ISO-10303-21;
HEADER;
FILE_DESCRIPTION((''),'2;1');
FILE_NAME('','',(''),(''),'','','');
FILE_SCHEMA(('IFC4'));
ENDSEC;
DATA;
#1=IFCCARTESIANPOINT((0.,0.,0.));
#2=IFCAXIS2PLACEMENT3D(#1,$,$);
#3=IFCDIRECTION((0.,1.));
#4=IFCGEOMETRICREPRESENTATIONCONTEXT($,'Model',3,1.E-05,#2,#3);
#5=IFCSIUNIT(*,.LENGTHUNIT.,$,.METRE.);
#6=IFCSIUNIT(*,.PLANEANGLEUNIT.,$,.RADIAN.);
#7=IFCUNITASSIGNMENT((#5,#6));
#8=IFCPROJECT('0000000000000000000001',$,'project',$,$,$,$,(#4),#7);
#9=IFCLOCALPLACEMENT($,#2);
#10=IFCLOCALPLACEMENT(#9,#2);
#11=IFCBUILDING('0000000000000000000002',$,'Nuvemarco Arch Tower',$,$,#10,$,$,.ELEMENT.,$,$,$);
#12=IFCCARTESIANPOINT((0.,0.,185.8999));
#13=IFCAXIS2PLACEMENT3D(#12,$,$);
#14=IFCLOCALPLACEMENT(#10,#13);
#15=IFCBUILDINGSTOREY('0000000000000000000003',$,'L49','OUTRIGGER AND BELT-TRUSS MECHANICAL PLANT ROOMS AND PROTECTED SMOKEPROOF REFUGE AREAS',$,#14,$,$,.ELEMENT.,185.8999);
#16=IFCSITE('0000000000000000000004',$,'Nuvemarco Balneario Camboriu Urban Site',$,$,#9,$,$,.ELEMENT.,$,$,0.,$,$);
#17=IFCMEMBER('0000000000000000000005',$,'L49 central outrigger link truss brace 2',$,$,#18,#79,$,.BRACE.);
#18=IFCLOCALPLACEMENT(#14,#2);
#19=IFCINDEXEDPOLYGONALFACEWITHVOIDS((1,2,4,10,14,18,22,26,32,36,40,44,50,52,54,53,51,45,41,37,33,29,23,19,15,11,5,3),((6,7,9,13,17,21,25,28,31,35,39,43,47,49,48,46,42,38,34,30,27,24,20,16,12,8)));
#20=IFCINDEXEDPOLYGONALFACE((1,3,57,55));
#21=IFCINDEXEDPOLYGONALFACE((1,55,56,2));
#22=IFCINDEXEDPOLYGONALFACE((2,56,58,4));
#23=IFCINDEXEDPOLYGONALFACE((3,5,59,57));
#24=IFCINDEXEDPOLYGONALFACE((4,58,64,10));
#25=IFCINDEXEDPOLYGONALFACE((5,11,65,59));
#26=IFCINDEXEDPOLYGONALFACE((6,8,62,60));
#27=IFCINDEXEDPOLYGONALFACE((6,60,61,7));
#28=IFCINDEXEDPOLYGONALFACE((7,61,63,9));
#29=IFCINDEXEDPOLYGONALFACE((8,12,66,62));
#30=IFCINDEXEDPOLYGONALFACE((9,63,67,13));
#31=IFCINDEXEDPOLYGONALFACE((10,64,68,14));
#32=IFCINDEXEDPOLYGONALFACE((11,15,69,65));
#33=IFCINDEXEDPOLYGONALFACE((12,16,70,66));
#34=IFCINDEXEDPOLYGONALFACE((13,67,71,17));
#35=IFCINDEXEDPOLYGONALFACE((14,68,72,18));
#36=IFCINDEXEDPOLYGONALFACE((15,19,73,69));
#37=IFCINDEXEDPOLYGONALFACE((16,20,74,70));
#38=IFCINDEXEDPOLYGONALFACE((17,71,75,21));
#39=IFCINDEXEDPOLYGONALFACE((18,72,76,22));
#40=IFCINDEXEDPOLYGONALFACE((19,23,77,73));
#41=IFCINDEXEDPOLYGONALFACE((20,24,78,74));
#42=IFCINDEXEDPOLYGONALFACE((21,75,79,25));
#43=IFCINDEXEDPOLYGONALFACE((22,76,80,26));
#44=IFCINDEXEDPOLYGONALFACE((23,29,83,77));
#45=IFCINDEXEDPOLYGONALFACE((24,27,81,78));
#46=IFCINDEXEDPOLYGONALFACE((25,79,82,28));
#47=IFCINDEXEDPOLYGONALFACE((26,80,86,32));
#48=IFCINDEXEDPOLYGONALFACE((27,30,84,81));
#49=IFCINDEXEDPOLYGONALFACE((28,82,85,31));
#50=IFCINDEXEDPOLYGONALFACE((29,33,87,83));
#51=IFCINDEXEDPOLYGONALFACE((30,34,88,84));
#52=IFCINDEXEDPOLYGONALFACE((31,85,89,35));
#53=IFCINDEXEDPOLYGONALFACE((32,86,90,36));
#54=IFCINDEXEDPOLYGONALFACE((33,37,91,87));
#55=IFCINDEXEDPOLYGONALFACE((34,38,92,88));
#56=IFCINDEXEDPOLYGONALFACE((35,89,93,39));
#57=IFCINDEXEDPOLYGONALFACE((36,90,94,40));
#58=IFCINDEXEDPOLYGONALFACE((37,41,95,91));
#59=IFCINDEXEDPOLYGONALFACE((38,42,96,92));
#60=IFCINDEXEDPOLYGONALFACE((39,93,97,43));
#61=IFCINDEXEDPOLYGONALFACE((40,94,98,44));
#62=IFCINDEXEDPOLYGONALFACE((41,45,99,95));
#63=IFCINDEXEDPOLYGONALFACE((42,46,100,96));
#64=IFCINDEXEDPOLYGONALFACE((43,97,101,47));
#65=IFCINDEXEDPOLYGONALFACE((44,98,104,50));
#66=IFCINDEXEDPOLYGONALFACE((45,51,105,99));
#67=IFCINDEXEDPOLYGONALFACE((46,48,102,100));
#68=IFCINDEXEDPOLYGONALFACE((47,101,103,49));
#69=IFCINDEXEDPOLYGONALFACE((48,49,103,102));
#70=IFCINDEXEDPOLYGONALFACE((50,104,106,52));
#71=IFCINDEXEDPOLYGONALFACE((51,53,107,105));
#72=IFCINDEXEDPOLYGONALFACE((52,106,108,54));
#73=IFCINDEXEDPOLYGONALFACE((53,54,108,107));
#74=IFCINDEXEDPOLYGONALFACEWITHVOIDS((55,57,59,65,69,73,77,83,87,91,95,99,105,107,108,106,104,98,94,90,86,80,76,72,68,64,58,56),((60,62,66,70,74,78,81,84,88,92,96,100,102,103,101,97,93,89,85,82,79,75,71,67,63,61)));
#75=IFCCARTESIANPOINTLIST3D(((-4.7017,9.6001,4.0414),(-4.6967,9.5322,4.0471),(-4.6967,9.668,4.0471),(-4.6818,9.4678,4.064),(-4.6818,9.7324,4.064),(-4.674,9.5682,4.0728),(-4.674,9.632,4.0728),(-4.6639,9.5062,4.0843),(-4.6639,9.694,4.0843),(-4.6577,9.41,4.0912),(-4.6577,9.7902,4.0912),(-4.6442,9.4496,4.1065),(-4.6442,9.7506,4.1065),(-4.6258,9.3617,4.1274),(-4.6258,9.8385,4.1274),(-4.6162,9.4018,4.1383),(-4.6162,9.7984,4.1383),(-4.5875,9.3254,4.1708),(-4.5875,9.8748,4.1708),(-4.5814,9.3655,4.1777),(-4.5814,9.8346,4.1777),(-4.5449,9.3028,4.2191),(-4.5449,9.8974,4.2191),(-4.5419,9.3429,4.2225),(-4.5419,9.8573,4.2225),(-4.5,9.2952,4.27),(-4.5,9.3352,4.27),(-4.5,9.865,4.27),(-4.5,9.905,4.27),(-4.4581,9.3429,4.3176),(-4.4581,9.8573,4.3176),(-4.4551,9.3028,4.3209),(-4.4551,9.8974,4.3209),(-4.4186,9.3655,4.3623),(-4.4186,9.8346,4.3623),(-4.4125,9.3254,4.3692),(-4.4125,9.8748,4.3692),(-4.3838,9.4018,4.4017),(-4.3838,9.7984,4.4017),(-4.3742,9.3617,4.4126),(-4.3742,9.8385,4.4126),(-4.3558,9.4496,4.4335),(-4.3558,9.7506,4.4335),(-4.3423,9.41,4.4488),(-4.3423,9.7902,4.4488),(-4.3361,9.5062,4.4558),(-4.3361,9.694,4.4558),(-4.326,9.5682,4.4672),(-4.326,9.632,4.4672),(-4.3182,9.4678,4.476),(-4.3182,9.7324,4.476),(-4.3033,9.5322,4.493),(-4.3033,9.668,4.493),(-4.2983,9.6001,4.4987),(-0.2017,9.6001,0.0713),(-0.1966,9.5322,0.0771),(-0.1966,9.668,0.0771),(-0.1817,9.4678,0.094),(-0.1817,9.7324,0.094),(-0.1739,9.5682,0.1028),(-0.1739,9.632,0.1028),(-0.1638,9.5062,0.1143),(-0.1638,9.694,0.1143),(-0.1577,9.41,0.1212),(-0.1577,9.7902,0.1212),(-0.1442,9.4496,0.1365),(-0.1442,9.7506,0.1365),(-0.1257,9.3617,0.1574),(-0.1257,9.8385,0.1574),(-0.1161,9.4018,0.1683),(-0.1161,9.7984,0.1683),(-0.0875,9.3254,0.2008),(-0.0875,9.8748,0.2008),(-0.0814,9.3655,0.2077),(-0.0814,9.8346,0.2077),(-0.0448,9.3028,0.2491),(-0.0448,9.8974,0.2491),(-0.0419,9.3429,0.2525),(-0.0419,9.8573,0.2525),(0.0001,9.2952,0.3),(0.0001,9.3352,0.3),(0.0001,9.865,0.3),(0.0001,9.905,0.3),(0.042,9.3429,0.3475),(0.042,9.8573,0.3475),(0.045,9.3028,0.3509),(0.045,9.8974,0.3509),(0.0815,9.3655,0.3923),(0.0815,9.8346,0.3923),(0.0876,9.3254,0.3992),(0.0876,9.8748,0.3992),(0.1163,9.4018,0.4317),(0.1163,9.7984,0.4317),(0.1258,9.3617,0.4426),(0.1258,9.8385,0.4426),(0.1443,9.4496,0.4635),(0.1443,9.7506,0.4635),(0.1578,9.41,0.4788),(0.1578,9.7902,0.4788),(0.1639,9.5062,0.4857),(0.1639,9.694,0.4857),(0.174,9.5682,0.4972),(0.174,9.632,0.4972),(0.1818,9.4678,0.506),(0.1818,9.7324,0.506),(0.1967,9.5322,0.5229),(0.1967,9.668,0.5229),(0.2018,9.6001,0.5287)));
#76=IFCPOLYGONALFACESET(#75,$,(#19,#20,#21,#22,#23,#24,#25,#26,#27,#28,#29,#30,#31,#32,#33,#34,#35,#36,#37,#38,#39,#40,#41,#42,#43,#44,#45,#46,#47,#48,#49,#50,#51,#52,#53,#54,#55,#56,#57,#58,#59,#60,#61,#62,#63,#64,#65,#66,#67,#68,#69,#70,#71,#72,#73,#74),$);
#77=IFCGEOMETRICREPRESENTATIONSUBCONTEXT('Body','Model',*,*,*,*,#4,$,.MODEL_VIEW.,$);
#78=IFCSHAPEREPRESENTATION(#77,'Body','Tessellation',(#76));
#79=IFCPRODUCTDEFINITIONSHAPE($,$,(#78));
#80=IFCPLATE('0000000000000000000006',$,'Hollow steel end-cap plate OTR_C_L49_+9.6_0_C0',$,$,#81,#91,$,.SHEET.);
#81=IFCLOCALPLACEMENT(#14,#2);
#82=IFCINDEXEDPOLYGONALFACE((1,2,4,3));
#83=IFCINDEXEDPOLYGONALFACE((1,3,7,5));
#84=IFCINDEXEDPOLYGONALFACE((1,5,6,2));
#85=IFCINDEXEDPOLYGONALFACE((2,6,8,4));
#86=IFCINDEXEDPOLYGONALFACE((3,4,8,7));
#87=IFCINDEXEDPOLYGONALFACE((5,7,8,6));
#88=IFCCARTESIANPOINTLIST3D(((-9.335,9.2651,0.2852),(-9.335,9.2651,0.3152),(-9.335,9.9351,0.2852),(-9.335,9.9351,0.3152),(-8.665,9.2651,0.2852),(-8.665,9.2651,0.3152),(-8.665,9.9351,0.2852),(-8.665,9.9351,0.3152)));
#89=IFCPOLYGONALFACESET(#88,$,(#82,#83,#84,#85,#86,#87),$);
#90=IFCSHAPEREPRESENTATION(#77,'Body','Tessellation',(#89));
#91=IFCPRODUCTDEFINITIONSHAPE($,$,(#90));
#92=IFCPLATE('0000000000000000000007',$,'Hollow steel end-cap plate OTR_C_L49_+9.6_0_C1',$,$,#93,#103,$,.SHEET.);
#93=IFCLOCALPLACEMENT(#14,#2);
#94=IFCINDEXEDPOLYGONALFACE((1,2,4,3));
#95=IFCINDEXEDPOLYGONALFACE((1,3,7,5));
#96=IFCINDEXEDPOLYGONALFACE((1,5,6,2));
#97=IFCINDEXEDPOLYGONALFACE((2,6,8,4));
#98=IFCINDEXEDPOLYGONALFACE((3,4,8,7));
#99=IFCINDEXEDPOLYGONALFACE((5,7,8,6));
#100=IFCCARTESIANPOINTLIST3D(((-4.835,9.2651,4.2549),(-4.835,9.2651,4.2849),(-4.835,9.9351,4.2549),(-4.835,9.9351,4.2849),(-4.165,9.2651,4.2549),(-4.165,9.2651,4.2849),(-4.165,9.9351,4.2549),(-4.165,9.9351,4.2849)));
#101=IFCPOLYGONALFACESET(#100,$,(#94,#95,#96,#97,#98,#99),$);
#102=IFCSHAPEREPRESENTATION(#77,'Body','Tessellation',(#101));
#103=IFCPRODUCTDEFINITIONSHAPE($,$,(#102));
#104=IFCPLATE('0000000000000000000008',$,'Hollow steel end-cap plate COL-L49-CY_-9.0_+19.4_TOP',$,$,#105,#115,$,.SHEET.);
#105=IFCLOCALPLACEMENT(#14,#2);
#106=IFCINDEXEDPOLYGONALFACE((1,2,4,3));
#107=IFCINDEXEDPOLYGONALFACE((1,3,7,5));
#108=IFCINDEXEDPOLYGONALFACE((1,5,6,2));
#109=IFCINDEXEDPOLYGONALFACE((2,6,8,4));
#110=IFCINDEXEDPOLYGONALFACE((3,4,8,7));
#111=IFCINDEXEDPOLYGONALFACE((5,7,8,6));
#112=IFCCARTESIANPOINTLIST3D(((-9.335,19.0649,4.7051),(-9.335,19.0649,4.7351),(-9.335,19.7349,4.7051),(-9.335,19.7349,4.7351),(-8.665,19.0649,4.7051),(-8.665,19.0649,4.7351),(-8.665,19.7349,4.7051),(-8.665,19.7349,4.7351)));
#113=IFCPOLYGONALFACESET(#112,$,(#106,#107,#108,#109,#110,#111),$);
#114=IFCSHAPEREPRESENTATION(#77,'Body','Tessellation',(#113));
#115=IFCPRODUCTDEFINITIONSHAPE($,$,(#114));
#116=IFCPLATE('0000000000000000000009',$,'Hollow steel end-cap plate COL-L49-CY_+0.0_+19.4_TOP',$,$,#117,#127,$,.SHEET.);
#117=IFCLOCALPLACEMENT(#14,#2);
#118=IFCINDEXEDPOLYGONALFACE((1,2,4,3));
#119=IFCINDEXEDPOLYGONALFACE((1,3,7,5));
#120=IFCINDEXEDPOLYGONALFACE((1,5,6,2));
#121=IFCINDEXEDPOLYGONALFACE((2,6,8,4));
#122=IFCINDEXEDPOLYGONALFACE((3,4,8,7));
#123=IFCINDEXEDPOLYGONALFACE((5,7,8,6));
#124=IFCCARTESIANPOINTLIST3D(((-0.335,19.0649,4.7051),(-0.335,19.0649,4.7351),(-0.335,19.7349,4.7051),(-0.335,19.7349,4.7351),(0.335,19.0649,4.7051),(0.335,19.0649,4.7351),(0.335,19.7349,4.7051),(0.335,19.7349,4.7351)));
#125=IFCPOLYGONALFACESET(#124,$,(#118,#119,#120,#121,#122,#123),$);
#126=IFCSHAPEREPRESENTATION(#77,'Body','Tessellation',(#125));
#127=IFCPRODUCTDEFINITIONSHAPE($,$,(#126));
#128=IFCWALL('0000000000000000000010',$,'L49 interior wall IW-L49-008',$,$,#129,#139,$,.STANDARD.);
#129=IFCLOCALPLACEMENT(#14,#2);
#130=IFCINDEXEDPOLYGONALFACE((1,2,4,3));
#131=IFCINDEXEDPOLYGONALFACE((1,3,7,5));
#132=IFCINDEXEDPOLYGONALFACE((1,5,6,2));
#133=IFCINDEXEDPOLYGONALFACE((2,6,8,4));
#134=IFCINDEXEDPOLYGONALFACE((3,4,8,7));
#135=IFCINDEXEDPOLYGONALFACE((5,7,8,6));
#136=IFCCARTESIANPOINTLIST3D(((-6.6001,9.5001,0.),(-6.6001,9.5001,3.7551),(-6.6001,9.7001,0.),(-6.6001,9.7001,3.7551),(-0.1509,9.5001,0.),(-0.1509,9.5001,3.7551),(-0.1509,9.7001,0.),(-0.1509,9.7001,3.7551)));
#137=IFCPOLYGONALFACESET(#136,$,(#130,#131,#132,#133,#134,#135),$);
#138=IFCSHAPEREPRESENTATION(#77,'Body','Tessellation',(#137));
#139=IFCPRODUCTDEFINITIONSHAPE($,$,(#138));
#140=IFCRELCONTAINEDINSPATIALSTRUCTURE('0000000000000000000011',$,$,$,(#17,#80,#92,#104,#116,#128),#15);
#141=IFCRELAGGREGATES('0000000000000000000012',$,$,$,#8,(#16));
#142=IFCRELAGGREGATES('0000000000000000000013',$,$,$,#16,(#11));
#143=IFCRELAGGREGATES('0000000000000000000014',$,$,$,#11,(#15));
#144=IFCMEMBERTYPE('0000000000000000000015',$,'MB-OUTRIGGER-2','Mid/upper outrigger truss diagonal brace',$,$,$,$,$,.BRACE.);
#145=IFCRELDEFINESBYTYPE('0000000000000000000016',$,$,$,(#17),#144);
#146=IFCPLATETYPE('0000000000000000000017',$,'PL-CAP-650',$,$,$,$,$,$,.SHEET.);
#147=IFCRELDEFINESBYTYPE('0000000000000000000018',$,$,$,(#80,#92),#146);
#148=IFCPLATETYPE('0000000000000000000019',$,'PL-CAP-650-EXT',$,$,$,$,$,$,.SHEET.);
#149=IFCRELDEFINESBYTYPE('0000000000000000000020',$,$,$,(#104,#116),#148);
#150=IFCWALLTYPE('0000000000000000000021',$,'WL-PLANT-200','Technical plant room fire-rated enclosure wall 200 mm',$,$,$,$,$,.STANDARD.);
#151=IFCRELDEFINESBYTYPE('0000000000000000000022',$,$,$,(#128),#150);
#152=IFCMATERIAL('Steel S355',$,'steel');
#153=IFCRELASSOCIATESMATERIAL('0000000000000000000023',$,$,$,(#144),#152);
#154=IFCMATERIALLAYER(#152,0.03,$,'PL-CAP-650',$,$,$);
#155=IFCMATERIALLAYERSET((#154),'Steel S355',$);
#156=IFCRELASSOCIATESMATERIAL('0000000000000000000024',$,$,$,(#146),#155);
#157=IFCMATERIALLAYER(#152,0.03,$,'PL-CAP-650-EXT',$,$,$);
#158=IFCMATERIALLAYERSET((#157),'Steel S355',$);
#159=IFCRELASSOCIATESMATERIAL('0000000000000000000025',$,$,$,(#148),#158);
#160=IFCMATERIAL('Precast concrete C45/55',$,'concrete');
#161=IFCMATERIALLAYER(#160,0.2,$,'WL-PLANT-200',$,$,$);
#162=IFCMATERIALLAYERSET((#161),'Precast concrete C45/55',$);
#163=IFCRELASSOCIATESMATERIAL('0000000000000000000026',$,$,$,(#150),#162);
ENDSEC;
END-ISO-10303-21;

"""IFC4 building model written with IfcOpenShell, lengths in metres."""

from ifc_helpers import new_model, si_unit, direction, frame, frame_2d, origin, origin_2d, place, context, subcontext, project, spatial, rectangle, hollow_circle, extrude, source, transform, mapped, material, layer, layer_set, material_profile, profile_set, type_object, type_shapes, element, save


model = new_model("IFC4")

# Units and contexts
model_context = context("Model", 3, precision=1e-05, world=origin(), true_north=direction((0.0, 1.0)))
body_context = subcontext(model_context, "Body", "Model", "MODEL_VIEW")
ifc_project = project(units=[si_unit("LENGTHUNIT", "METRE"), si_unit("PLANEANGLEUNIT", "RADIAN")], contexts=[model_context])

# Site, building, storey
site_placement = place(None, origin())
site = spatial("IfcSite", under=ifc_project, at=site_placement, Name="Nuvemarco Balneario Camboriu Urban Site", CompositionType="ELEMENT", RefElevation=0.0)
building_placement = place(site_placement, origin())
building = spatial("IfcBuilding", under=site, at=building_placement, Name="Nuvemarco Arch Tower", CompositionType="ELEMENT")
storey_placement = place(building_placement, frame((0.0, 0.0, 185.8999)))
storey = spatial("IfcBuildingStorey", under=building, at=storey_placement, Name="L49", Description="OUTRIGGER AND BELT-TRUSS MECHANICAL PLANT ROOMS AND PROTECTED SMOKEPROOF REFUGE AREAS", CompositionType="ELEMENT", Elevation=185.8999)

# Shared definitions
ifc_material_1 = material(Name="Steel S355", Category="steel")

# Shared definitions
ifc_material_2 = material(Name="Precast concrete C45/55", Category="concrete")

# Member
ifc_material_profile_1 = material_profile(ifc_material_1, hollow_circle(Radius=0.3049, WallThickness=0.04, at=origin_2d()), Name="CHS610x40")
ifc_profile_set_1 = profile_set([ifc_material_profile_1], Name="Steel S355")
member_type = type_object("IfcMemberType", Name="MB-OUTRIGGER-2", Description="Mid/upper outrigger truss diagonal brace", PredefinedType="BRACE", material=ifc_profile_set_1)
for number, where, z_axis, x_axis, name in (
    (1, (-4.5, 9.6001, 4.27), (0.749889, 0.0, -0.661564), (0.0, 1.0, 0.0), "L49 central outrigger link truss brace 2"),
):
    element("IfcMember", number, at=place(storey_placement, frame(where, z_axis=z_axis, x_axis=x_axis)), inside=storey, type_object=member_type, Name=name, PredefinedType="BRACE", context=body_context, shape_type="SweptSolid", body=[
        extrude(hollow_circle(Radius=0.3049, WallThickness=0.04, at=origin_2d()), origin(), (0.0, 0.0, 1.0), 6.001),
    ])

# Plates
ifc_layer_1 = layer(ifc_material_1, 0.03, Name="PL-CAP-650")
ifc_layer_set_1 = layer_set([ifc_layer_1], Name="Steel S355")
plate_type_1 = type_object("IfcPlateType", Name="PL-CAP-650", PredefinedType="SHEET", material=ifc_layer_set_1)
shared_shape_1 = source(origin(), body_context, "Body", "SweptSolid", [
    extrude(rectangle(XDim=0.6699, YDim=0.6699, at=origin_2d()), origin(), (0.0, 0.0, 1.0), 0.03),
])
type_shapes(plate_type_1, [shared_shape_1])
for number, where, z_axis, x_axis, name in (
    (2, (-9.0, 9.6001, 0.2852), (0.0, 0.0, 1.0), (1.0, 0.0, 0.0), "Hollow steel end-cap plate OTR_C_L49_+9.6_0_C0"),
    (3, (-4.5, 9.6001, 4.2549), (0.0, 0.0, 1.0), (1.0, 0.0, 0.0), "Hollow steel end-cap plate OTR_C_L49_+9.6_0_C1"),
):
    element("IfcPlate", number, at=place(storey_placement, frame(where, z_axis=z_axis, x_axis=x_axis)), inside=storey, type_object=plate_type_1, Name=name, PredefinedType="SHEET", context=body_context, shape_type="MappedRepresentation", body=[
        mapped(shared_shape_1, transform((0.0, 0.0, 0.0), scale=1.0)),
    ])
ifc_layer_2 = layer(ifc_material_1, 0.03, Name="PL-CAP-650-EXT")
ifc_layer_set_2 = layer_set([ifc_layer_2], Name="Steel S355")
plate_type_2 = type_object("IfcPlateType", Name="PL-CAP-650-EXT", PredefinedType="SHEET", material=ifc_layer_set_2)
shared_shape_2 = source(origin(), body_context, "Body", "SweptSolid", [
    extrude(rectangle(XDim=0.6699, YDim=0.6699, at=origin_2d()), origin(), (0.0, 0.0, 1.0), 0.03),
])
type_shapes(plate_type_2, [shared_shape_2])
for number, where, z_axis, x_axis, name in (
    (4, (-9.0, 19.3999, 4.7051), (0.0, 0.0, 1.0), (1.0, 0.0, 0.0), "Hollow steel end-cap plate COL-L49-CY_-9.0_+19.4_TOP"),
    (5, (0.0, 19.3999, 4.7051), (0.0, 0.0, 1.0), (1.0, 0.0, 0.0), "Hollow steel end-cap plate COL-L49-CY_+0.0_+19.4_TOP"),
):
    element("IfcPlate", number, at=place(storey_placement, frame(where, z_axis=z_axis, x_axis=x_axis)), inside=storey, type_object=plate_type_2, Name=name, PredefinedType="SHEET", context=body_context, shape_type="MappedRepresentation", body=[
        mapped(shared_shape_2, transform((0.0, 0.0, 0.0), scale=1.0)),
    ])

# Wall
ifc_layer_3 = layer(ifc_material_2, 0.2, Name="WL-PLANT-200")
ifc_layer_set_3 = layer_set([ifc_layer_3], Name="Precast concrete C45/55")
wall_type = type_object("IfcWallType", Name="WL-PLANT-200", Description="Technical plant room fire-rated enclosure wall 200 mm", PredefinedType="STANDARD", material=ifc_layer_set_3)
wall_placement = place(storey_placement, frame((-6.6001, 9.6001, 0.0), z_axis=(0.0, 0.0, 1.0), x_axis=(1.0, 0.0, 0.0)))
element("IfcWall", 6, at=wall_placement, inside=storey, type_object=wall_type, Name="L49 interior wall IW-L49-008", PredefinedType="STANDARD", context=body_context, shape_type="SweptSolid", body=[
    extrude(rectangle(XDim=6.4492, YDim=0.2, at=frame_2d((3.2246, 0.0))), origin(), (0.0, 0.0, 1.0), 3.7551),
])

save(model, "model.ifc")
